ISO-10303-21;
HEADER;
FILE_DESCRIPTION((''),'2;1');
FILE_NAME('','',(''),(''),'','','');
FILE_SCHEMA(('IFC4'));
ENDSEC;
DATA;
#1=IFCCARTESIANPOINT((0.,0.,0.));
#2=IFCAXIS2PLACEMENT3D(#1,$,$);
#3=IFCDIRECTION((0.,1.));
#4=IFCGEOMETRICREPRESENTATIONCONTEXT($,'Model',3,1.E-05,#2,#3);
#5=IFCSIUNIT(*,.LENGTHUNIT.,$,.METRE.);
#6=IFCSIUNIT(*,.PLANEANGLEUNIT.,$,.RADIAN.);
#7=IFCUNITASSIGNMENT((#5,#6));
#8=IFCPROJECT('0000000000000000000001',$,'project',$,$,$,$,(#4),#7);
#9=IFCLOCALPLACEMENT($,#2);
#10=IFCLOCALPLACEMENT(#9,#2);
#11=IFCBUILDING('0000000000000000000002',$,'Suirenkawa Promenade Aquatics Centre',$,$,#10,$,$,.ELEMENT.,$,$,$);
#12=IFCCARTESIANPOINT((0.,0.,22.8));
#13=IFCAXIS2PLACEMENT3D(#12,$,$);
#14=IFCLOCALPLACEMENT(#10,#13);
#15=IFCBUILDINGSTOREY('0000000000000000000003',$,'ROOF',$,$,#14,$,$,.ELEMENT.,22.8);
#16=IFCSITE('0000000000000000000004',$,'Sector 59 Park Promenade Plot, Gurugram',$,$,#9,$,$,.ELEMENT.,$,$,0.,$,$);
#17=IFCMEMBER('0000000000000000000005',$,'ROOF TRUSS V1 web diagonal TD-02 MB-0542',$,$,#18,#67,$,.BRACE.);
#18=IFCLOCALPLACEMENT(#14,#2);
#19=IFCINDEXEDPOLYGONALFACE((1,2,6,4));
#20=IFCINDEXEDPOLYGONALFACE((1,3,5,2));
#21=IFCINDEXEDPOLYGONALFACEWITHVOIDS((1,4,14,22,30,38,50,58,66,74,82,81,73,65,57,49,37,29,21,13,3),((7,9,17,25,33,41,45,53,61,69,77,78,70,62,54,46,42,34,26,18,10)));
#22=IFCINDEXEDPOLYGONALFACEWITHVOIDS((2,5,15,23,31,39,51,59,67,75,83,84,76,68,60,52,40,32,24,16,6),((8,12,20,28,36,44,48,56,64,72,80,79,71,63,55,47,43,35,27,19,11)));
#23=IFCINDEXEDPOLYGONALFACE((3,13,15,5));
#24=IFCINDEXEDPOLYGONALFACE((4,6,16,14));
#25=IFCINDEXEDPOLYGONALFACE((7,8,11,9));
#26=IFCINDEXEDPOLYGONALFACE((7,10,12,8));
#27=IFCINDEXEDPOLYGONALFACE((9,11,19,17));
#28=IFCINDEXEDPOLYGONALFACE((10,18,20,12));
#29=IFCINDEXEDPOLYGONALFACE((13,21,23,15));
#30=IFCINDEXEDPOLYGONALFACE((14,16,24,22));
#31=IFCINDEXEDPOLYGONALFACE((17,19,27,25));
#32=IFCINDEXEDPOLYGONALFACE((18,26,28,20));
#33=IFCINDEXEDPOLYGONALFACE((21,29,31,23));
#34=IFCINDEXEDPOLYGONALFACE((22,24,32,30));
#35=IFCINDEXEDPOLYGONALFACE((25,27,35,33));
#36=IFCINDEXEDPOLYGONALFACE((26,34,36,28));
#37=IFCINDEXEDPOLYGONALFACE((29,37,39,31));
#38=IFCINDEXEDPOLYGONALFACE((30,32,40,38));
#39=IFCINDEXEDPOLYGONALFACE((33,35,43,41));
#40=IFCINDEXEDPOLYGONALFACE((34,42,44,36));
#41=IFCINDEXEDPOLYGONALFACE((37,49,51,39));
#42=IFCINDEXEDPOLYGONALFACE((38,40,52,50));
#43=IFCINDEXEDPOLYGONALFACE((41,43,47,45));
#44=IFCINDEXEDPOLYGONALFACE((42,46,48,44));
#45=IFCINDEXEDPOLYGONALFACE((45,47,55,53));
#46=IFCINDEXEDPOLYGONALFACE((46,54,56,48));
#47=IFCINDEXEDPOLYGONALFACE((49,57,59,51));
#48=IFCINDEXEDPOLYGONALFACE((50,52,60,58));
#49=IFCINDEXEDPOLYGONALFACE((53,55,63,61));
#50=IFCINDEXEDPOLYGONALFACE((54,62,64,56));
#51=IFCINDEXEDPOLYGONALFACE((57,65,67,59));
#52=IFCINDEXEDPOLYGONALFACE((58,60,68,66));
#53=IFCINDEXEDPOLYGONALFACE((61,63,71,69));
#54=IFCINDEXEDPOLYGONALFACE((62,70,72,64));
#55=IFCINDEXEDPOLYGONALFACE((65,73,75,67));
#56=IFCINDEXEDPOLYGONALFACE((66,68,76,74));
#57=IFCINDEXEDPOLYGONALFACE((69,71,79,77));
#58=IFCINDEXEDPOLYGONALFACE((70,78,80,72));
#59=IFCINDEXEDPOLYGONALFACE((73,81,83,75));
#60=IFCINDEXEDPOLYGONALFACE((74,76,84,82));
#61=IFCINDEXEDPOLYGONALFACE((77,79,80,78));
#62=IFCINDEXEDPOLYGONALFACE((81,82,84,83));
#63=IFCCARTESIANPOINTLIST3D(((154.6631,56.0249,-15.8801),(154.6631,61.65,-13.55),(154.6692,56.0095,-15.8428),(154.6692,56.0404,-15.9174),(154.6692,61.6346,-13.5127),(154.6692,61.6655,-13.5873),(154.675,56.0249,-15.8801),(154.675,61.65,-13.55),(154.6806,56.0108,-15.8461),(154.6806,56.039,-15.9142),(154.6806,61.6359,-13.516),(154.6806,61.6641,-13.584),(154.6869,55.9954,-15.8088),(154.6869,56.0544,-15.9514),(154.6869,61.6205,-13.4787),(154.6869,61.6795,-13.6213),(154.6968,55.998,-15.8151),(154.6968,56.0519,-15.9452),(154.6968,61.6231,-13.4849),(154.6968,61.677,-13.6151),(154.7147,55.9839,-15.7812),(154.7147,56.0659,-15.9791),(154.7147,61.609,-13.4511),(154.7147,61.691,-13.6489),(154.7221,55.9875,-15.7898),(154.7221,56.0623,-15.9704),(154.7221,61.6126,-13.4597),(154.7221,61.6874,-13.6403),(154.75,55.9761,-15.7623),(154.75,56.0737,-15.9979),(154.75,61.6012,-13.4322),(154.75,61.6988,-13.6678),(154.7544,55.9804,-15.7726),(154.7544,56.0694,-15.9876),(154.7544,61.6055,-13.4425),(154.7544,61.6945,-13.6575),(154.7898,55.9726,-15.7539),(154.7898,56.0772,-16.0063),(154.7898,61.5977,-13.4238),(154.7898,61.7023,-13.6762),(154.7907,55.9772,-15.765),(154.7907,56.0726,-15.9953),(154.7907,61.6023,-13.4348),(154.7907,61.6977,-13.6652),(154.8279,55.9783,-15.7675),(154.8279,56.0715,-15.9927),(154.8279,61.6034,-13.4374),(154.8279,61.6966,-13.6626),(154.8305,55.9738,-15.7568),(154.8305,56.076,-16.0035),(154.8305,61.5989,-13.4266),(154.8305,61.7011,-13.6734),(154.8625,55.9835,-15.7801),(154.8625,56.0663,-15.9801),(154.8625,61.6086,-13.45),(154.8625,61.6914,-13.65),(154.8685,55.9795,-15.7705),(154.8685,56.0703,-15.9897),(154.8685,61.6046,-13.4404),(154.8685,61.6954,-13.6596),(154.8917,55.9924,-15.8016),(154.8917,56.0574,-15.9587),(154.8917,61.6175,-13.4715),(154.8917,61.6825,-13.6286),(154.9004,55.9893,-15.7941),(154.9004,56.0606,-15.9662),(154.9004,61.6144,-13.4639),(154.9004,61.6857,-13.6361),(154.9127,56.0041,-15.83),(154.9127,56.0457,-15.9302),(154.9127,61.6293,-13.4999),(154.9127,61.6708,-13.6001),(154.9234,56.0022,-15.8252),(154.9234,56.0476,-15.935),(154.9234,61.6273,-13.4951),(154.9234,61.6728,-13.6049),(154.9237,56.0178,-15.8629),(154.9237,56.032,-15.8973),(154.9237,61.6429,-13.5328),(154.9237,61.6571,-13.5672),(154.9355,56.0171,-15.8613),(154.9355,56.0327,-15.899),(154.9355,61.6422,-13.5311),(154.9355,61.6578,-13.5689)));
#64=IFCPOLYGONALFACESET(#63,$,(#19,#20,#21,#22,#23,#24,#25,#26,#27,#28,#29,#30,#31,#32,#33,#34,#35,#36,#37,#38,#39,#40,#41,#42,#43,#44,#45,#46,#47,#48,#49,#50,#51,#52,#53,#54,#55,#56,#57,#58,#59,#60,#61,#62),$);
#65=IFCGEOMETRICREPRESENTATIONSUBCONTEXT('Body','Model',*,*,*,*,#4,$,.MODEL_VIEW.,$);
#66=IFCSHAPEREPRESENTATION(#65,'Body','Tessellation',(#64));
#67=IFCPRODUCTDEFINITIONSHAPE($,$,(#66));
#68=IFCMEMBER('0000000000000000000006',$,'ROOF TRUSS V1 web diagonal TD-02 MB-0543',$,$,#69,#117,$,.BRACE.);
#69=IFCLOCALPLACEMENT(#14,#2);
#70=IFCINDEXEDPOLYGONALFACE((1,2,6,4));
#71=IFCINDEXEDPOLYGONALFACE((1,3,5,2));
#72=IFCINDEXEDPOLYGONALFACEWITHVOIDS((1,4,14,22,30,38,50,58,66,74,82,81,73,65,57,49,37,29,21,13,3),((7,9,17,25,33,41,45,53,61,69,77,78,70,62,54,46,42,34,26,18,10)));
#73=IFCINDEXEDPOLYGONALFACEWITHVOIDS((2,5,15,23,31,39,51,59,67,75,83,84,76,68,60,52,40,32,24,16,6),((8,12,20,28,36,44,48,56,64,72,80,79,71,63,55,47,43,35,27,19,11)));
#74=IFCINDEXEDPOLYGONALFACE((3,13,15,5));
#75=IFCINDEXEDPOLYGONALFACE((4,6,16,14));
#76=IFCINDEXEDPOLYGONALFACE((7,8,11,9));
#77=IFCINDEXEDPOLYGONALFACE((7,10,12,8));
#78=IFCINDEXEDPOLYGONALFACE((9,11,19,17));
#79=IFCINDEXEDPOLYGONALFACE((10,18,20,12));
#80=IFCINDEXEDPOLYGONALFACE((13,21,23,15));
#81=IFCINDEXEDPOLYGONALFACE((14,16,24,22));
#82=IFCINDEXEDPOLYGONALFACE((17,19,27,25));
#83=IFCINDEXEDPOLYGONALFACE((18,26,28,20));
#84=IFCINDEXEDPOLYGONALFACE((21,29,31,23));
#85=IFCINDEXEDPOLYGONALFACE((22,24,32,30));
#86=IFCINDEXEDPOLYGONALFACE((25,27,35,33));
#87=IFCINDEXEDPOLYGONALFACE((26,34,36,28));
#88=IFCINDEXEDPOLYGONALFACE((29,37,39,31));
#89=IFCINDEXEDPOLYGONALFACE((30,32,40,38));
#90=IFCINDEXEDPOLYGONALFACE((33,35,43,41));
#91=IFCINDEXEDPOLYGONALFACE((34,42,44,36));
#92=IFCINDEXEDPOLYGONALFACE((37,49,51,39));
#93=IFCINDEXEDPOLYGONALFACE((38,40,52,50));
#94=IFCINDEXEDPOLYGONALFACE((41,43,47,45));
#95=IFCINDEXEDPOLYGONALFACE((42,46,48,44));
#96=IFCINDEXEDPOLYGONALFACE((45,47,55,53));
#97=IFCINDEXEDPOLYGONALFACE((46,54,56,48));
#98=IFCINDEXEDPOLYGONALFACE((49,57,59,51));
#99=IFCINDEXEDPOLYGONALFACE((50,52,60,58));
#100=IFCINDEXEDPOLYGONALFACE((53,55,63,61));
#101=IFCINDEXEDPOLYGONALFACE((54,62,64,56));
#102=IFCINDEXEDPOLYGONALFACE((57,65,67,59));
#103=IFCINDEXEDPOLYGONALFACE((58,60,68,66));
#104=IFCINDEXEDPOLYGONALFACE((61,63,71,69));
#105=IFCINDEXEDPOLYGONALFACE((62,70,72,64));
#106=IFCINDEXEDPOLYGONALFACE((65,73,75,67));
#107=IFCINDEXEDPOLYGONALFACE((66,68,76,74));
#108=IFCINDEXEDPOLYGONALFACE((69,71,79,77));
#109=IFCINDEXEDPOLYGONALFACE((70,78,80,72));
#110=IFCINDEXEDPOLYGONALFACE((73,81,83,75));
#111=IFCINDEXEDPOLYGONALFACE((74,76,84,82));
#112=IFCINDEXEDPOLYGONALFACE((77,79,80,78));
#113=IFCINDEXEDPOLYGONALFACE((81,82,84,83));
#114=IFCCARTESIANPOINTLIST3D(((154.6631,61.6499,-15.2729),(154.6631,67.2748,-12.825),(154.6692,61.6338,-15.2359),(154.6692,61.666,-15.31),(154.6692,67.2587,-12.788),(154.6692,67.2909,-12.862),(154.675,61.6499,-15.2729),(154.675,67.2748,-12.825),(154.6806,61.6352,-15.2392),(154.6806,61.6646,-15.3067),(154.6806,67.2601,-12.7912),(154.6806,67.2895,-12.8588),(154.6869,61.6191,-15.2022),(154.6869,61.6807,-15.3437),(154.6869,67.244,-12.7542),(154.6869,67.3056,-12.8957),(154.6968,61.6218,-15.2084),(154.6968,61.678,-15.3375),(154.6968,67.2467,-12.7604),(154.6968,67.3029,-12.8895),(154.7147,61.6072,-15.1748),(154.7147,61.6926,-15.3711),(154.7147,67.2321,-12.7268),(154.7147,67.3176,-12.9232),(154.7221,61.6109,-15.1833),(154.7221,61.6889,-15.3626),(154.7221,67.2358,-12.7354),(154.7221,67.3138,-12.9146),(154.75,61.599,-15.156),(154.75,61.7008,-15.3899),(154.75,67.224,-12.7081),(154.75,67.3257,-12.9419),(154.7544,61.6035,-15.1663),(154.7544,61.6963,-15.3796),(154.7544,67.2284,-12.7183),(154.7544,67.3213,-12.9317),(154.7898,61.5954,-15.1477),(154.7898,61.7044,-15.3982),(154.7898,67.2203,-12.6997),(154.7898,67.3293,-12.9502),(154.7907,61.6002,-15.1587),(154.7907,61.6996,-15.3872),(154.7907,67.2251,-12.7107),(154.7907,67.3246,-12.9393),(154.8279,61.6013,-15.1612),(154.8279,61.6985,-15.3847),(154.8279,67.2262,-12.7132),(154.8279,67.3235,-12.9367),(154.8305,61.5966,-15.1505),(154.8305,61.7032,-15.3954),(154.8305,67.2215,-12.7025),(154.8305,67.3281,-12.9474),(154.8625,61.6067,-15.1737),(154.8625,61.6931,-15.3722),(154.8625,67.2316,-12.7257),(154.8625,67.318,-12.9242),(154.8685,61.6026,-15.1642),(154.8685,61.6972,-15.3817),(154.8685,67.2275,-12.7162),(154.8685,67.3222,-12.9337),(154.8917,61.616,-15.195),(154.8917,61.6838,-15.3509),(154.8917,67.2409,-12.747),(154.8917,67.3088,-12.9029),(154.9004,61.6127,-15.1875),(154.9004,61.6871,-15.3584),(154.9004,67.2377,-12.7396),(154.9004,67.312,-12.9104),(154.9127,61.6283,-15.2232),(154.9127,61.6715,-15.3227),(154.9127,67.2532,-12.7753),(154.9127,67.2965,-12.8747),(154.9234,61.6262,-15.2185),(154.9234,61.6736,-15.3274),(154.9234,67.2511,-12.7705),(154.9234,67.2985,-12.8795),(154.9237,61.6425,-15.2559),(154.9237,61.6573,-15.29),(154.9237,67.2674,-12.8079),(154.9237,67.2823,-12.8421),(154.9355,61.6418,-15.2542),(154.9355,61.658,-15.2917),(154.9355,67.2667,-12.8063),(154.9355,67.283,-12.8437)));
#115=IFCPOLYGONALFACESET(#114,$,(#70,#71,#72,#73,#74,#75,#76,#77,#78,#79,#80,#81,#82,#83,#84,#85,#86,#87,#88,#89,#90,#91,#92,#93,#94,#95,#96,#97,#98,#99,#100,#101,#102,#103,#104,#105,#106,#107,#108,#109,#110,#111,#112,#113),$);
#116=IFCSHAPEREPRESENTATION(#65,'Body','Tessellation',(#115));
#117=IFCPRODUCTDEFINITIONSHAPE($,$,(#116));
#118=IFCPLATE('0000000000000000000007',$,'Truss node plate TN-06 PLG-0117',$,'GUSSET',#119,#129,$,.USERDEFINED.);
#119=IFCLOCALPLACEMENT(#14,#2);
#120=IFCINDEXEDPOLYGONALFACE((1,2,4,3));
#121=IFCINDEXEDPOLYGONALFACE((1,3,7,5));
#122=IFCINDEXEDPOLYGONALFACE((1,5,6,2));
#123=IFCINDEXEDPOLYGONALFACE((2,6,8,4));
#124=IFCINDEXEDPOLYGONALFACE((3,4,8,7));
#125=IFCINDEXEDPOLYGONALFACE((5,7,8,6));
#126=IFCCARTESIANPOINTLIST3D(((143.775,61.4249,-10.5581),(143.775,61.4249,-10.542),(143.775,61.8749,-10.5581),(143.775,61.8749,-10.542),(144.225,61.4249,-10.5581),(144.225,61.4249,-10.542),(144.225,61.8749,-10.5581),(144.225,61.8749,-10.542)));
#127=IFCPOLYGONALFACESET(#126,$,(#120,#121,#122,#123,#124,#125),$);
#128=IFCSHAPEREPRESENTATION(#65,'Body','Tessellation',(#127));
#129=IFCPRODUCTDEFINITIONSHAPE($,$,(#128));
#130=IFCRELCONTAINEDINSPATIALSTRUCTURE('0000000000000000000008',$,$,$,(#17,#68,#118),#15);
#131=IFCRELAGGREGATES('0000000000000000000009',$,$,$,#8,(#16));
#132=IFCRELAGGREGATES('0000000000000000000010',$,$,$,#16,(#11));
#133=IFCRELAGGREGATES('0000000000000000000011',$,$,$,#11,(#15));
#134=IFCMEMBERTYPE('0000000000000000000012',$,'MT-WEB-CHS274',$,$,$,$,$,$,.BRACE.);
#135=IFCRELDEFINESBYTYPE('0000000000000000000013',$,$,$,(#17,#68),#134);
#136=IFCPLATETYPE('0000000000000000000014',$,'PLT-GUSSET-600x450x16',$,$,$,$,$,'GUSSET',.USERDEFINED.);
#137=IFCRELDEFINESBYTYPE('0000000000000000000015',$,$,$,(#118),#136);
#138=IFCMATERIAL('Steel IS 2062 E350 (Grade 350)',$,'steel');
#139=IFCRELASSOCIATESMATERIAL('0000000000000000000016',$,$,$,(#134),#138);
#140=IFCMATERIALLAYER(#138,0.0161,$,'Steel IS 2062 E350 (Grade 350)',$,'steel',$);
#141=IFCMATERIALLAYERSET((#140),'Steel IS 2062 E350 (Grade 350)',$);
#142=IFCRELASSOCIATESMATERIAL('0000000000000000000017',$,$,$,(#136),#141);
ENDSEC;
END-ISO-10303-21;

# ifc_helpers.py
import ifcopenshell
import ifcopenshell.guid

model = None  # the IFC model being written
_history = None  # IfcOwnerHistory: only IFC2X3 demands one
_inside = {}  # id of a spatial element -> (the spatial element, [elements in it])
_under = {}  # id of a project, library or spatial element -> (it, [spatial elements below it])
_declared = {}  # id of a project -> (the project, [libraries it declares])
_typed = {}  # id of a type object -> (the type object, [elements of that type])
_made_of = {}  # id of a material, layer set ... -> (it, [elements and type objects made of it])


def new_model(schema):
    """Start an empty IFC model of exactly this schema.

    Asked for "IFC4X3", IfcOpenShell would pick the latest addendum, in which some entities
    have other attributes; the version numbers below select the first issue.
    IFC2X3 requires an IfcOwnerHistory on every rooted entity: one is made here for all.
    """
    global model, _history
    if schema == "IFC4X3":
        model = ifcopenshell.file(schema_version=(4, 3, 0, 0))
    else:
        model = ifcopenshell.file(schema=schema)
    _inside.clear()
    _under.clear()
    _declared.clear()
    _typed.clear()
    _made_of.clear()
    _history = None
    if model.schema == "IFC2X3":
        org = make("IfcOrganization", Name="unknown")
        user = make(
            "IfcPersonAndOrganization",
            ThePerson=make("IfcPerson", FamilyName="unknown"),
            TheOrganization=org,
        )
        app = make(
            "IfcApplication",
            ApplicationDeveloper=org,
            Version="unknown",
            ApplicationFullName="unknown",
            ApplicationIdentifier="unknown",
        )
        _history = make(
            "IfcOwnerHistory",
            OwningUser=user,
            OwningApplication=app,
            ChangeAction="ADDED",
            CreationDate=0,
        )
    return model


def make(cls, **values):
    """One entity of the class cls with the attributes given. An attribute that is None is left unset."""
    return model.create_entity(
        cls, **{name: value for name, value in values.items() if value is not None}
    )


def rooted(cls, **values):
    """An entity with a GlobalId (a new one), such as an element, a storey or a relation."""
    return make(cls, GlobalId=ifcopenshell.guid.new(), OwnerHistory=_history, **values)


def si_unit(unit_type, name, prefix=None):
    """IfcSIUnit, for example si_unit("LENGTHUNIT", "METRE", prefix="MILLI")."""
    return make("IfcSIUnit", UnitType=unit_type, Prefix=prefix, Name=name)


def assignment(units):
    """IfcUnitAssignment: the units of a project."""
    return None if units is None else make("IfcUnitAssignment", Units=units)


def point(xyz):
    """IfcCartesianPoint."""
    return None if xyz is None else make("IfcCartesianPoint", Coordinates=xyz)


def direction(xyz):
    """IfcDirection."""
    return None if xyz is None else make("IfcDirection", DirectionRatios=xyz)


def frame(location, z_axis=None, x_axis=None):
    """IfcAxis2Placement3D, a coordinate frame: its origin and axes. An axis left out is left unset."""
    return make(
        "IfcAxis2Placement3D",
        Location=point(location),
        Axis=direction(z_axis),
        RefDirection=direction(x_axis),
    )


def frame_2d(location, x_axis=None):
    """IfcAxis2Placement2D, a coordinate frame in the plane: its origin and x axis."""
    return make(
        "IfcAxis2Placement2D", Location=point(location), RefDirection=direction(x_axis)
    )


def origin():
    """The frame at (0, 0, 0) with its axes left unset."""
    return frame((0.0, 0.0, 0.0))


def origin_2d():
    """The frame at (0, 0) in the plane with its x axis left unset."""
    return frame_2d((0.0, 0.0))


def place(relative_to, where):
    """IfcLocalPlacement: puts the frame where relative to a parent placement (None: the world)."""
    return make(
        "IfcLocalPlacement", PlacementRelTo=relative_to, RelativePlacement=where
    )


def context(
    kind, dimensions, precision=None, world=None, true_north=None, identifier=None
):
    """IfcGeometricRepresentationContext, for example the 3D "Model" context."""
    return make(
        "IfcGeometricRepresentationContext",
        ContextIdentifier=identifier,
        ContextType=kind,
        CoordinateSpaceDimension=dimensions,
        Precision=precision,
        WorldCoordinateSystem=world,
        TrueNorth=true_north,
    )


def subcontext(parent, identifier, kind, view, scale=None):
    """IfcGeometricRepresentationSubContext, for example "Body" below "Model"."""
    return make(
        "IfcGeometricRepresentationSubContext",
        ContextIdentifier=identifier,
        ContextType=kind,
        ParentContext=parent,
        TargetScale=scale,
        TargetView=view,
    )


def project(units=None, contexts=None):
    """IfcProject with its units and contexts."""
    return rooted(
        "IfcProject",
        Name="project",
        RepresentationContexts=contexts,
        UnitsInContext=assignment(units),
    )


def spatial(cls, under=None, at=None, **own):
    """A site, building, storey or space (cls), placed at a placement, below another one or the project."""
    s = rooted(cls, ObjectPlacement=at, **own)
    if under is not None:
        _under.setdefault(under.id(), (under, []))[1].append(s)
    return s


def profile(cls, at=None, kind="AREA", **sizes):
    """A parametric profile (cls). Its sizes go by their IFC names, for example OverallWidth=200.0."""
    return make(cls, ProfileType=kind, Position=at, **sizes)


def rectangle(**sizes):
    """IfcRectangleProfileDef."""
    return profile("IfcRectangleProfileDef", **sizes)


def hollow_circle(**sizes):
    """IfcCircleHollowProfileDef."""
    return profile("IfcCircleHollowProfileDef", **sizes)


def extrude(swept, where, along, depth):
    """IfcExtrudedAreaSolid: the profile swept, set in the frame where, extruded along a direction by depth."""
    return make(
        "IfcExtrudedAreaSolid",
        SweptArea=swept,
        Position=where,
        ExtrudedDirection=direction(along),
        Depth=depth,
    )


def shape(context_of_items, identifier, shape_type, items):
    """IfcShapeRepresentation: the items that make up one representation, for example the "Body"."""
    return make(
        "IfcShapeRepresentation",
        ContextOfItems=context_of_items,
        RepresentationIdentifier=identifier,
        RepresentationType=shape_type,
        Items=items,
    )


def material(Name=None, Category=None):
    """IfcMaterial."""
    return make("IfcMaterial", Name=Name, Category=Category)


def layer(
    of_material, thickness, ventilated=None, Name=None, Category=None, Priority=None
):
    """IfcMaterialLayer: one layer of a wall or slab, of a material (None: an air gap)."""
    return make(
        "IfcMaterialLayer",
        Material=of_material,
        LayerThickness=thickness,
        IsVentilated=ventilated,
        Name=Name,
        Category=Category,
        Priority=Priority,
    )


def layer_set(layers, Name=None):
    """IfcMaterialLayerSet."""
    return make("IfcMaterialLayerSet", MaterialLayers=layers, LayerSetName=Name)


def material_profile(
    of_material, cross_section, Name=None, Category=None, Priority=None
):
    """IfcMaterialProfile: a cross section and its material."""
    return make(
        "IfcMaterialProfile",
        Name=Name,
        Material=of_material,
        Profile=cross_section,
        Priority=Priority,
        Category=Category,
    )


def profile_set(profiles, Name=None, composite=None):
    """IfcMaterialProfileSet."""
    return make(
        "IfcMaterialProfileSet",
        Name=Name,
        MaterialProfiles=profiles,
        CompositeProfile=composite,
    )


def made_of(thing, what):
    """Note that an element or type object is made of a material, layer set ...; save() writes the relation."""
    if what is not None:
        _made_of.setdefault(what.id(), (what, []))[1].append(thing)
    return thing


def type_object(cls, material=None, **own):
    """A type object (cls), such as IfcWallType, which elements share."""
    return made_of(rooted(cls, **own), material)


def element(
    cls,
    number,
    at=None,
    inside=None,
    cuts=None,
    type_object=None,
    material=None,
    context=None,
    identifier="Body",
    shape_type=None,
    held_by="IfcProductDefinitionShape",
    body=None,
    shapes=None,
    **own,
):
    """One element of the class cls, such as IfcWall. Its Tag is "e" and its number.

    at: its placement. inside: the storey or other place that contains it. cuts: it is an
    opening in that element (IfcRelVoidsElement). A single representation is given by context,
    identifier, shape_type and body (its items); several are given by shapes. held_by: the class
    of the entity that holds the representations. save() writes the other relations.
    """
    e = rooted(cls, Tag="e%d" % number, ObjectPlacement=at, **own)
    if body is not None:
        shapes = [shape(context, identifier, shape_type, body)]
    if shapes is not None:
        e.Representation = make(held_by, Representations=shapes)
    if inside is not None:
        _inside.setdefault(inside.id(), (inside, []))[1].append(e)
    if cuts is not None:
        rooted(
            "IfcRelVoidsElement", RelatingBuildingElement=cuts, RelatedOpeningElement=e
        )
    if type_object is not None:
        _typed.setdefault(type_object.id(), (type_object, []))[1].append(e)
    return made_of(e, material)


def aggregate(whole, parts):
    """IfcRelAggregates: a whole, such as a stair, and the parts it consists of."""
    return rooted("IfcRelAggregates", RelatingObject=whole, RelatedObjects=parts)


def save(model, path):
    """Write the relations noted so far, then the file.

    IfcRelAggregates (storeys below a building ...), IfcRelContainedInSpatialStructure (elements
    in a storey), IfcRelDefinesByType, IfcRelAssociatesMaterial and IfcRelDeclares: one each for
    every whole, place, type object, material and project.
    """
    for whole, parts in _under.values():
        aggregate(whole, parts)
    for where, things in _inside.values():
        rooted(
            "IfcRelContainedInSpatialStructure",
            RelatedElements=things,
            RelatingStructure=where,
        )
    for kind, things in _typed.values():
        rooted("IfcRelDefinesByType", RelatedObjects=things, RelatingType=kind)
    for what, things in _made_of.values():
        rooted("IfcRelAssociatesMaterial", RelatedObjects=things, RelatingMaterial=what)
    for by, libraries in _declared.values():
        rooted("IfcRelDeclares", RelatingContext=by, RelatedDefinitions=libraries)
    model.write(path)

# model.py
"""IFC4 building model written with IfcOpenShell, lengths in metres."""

from ifc_helpers import new_model, si_unit, direction, frame, origin, origin_2d, place, context, subcontext, project, spatial, rectangle, hollow_circle, extrude, material, layer, layer_set, material_profile, profile_set, type_object, element, save


model = new_model("IFC4")

# Units and contexts
model_context = context("Model", 3, precision=1e-05, world=origin(), true_north=direction((0.0, 1.0)))
body_context = subcontext(model_context, "Body", "Model", "MODEL_VIEW")
ifc_project = project(units=[si_unit("LENGTHUNIT", "METRE"), si_unit("PLANEANGLEUNIT", "RADIAN")], contexts=[model_context])

# Site, building, storey
site_placement = place(None, origin())
site = spatial("IfcSite", under=ifc_project, at=site_placement, Name="Sector 59 Park Promenade Plot, Gurugram", CompositionType="ELEMENT", RefElevation=0.0)
building_placement = place(site_placement, origin())
building = spatial("IfcBuilding", under=site, at=building_placement, Name="Suirenkawa Promenade Aquatics Centre", CompositionType="ELEMENT")
storey_placement = place(building_placement, frame((0.0, 0.0, 22.8)))
storey = spatial("IfcBuildingStorey", under=building, at=storey_placement, Name="ROOF", CompositionType="ELEMENT", Elevation=22.8)

# Shared definitions
ifc_material = material(Name="Steel IS 2062 E350 (Grade 350)", Category="steel")

# Members
ifc_material_profile_1 = material_profile(ifc_material, hollow_circle(Radius=0.137, WallThickness=0.012, at=origin_2d()), Name="CHS 274x12", Category="steel")
ifc_profile_set_1 = profile_set([ifc_material_profile_1], Name="Steel IS 2062 E350 (Grade 350)")
member_type_1 = type_object("IfcMemberType", Name="MT-WEB-CHS274", PredefinedType="BRACE", material=ifc_profile_set_1)
member_1_placement = place(storey_placement, frame((154.8, 56.0249, -15.8801), z_axis=(0.0, 0.923872, 0.382701), x_axis=(-1.0, 0.0, 0.0)))
element("IfcMember", 1, at=member_1_placement, inside=storey, type_object=member_type_1, Name="ROOF TRUSS V1 web diagonal TD-02 MB-0542", PredefinedType="BRACE", context=body_context, shape_type="SweptSolid", body=[
    extrude(hollow_circle(Radius=0.137, WallThickness=0.012, at=origin_2d()), origin(), (0.0, 0.0, 1.0), 6.0886),
])
member_2_placement = place(storey_placement, frame((154.8, 61.6499, -15.2729), z_axis=(0.0, 0.91693, 0.399048), x_axis=(-1.0, 0.0, 0.0)))
element("IfcMember", 2, at=member_2_placement, inside=storey, type_object=member_type_1, Name="ROOF TRUSS V1 web diagonal TD-02 MB-0543", PredefinedType="BRACE", context=body_context, shape_type="SweptSolid", body=[
    extrude(hollow_circle(Radius=0.137, WallThickness=0.012, at=origin_2d()), origin(), (0.0, 0.0, 1.0), 6.1345),
])

# Plate
ifc_layer = layer(ifc_material, 0.0161, Name="Steel IS 2062 E350 (Grade 350)", Category="steel")
ifc_layer_set = layer_set([ifc_layer], Name="Steel IS 2062 E350 (Grade 350)")
plate_type = type_object("IfcPlateType", Name="PLT-GUSSET-600x450x16", ElementType="GUSSET", PredefinedType="USERDEFINED", material=ifc_layer_set)
plate_placement = place(storey_placement, frame((144.0, 61.6499, -10.5581), z_axis=(0.0, 0.0, 1.0), x_axis=(1.0, 0.0, 0.0)))
element("IfcPlate", 3, at=plate_placement, inside=storey, type_object=plate_type, Name="Truss node plate TN-06 PLG-0117", ObjectType="GUSSET", PredefinedType="USERDEFINED", context=body_context, shape_type="SweptSolid", body=[
    extrude(rectangle(XDim=0.45, YDim=0.45, at=origin_2d()), origin(), (0.0, 0.0, 1.0), 0.0161),
])

save(model, "model.ifc")
